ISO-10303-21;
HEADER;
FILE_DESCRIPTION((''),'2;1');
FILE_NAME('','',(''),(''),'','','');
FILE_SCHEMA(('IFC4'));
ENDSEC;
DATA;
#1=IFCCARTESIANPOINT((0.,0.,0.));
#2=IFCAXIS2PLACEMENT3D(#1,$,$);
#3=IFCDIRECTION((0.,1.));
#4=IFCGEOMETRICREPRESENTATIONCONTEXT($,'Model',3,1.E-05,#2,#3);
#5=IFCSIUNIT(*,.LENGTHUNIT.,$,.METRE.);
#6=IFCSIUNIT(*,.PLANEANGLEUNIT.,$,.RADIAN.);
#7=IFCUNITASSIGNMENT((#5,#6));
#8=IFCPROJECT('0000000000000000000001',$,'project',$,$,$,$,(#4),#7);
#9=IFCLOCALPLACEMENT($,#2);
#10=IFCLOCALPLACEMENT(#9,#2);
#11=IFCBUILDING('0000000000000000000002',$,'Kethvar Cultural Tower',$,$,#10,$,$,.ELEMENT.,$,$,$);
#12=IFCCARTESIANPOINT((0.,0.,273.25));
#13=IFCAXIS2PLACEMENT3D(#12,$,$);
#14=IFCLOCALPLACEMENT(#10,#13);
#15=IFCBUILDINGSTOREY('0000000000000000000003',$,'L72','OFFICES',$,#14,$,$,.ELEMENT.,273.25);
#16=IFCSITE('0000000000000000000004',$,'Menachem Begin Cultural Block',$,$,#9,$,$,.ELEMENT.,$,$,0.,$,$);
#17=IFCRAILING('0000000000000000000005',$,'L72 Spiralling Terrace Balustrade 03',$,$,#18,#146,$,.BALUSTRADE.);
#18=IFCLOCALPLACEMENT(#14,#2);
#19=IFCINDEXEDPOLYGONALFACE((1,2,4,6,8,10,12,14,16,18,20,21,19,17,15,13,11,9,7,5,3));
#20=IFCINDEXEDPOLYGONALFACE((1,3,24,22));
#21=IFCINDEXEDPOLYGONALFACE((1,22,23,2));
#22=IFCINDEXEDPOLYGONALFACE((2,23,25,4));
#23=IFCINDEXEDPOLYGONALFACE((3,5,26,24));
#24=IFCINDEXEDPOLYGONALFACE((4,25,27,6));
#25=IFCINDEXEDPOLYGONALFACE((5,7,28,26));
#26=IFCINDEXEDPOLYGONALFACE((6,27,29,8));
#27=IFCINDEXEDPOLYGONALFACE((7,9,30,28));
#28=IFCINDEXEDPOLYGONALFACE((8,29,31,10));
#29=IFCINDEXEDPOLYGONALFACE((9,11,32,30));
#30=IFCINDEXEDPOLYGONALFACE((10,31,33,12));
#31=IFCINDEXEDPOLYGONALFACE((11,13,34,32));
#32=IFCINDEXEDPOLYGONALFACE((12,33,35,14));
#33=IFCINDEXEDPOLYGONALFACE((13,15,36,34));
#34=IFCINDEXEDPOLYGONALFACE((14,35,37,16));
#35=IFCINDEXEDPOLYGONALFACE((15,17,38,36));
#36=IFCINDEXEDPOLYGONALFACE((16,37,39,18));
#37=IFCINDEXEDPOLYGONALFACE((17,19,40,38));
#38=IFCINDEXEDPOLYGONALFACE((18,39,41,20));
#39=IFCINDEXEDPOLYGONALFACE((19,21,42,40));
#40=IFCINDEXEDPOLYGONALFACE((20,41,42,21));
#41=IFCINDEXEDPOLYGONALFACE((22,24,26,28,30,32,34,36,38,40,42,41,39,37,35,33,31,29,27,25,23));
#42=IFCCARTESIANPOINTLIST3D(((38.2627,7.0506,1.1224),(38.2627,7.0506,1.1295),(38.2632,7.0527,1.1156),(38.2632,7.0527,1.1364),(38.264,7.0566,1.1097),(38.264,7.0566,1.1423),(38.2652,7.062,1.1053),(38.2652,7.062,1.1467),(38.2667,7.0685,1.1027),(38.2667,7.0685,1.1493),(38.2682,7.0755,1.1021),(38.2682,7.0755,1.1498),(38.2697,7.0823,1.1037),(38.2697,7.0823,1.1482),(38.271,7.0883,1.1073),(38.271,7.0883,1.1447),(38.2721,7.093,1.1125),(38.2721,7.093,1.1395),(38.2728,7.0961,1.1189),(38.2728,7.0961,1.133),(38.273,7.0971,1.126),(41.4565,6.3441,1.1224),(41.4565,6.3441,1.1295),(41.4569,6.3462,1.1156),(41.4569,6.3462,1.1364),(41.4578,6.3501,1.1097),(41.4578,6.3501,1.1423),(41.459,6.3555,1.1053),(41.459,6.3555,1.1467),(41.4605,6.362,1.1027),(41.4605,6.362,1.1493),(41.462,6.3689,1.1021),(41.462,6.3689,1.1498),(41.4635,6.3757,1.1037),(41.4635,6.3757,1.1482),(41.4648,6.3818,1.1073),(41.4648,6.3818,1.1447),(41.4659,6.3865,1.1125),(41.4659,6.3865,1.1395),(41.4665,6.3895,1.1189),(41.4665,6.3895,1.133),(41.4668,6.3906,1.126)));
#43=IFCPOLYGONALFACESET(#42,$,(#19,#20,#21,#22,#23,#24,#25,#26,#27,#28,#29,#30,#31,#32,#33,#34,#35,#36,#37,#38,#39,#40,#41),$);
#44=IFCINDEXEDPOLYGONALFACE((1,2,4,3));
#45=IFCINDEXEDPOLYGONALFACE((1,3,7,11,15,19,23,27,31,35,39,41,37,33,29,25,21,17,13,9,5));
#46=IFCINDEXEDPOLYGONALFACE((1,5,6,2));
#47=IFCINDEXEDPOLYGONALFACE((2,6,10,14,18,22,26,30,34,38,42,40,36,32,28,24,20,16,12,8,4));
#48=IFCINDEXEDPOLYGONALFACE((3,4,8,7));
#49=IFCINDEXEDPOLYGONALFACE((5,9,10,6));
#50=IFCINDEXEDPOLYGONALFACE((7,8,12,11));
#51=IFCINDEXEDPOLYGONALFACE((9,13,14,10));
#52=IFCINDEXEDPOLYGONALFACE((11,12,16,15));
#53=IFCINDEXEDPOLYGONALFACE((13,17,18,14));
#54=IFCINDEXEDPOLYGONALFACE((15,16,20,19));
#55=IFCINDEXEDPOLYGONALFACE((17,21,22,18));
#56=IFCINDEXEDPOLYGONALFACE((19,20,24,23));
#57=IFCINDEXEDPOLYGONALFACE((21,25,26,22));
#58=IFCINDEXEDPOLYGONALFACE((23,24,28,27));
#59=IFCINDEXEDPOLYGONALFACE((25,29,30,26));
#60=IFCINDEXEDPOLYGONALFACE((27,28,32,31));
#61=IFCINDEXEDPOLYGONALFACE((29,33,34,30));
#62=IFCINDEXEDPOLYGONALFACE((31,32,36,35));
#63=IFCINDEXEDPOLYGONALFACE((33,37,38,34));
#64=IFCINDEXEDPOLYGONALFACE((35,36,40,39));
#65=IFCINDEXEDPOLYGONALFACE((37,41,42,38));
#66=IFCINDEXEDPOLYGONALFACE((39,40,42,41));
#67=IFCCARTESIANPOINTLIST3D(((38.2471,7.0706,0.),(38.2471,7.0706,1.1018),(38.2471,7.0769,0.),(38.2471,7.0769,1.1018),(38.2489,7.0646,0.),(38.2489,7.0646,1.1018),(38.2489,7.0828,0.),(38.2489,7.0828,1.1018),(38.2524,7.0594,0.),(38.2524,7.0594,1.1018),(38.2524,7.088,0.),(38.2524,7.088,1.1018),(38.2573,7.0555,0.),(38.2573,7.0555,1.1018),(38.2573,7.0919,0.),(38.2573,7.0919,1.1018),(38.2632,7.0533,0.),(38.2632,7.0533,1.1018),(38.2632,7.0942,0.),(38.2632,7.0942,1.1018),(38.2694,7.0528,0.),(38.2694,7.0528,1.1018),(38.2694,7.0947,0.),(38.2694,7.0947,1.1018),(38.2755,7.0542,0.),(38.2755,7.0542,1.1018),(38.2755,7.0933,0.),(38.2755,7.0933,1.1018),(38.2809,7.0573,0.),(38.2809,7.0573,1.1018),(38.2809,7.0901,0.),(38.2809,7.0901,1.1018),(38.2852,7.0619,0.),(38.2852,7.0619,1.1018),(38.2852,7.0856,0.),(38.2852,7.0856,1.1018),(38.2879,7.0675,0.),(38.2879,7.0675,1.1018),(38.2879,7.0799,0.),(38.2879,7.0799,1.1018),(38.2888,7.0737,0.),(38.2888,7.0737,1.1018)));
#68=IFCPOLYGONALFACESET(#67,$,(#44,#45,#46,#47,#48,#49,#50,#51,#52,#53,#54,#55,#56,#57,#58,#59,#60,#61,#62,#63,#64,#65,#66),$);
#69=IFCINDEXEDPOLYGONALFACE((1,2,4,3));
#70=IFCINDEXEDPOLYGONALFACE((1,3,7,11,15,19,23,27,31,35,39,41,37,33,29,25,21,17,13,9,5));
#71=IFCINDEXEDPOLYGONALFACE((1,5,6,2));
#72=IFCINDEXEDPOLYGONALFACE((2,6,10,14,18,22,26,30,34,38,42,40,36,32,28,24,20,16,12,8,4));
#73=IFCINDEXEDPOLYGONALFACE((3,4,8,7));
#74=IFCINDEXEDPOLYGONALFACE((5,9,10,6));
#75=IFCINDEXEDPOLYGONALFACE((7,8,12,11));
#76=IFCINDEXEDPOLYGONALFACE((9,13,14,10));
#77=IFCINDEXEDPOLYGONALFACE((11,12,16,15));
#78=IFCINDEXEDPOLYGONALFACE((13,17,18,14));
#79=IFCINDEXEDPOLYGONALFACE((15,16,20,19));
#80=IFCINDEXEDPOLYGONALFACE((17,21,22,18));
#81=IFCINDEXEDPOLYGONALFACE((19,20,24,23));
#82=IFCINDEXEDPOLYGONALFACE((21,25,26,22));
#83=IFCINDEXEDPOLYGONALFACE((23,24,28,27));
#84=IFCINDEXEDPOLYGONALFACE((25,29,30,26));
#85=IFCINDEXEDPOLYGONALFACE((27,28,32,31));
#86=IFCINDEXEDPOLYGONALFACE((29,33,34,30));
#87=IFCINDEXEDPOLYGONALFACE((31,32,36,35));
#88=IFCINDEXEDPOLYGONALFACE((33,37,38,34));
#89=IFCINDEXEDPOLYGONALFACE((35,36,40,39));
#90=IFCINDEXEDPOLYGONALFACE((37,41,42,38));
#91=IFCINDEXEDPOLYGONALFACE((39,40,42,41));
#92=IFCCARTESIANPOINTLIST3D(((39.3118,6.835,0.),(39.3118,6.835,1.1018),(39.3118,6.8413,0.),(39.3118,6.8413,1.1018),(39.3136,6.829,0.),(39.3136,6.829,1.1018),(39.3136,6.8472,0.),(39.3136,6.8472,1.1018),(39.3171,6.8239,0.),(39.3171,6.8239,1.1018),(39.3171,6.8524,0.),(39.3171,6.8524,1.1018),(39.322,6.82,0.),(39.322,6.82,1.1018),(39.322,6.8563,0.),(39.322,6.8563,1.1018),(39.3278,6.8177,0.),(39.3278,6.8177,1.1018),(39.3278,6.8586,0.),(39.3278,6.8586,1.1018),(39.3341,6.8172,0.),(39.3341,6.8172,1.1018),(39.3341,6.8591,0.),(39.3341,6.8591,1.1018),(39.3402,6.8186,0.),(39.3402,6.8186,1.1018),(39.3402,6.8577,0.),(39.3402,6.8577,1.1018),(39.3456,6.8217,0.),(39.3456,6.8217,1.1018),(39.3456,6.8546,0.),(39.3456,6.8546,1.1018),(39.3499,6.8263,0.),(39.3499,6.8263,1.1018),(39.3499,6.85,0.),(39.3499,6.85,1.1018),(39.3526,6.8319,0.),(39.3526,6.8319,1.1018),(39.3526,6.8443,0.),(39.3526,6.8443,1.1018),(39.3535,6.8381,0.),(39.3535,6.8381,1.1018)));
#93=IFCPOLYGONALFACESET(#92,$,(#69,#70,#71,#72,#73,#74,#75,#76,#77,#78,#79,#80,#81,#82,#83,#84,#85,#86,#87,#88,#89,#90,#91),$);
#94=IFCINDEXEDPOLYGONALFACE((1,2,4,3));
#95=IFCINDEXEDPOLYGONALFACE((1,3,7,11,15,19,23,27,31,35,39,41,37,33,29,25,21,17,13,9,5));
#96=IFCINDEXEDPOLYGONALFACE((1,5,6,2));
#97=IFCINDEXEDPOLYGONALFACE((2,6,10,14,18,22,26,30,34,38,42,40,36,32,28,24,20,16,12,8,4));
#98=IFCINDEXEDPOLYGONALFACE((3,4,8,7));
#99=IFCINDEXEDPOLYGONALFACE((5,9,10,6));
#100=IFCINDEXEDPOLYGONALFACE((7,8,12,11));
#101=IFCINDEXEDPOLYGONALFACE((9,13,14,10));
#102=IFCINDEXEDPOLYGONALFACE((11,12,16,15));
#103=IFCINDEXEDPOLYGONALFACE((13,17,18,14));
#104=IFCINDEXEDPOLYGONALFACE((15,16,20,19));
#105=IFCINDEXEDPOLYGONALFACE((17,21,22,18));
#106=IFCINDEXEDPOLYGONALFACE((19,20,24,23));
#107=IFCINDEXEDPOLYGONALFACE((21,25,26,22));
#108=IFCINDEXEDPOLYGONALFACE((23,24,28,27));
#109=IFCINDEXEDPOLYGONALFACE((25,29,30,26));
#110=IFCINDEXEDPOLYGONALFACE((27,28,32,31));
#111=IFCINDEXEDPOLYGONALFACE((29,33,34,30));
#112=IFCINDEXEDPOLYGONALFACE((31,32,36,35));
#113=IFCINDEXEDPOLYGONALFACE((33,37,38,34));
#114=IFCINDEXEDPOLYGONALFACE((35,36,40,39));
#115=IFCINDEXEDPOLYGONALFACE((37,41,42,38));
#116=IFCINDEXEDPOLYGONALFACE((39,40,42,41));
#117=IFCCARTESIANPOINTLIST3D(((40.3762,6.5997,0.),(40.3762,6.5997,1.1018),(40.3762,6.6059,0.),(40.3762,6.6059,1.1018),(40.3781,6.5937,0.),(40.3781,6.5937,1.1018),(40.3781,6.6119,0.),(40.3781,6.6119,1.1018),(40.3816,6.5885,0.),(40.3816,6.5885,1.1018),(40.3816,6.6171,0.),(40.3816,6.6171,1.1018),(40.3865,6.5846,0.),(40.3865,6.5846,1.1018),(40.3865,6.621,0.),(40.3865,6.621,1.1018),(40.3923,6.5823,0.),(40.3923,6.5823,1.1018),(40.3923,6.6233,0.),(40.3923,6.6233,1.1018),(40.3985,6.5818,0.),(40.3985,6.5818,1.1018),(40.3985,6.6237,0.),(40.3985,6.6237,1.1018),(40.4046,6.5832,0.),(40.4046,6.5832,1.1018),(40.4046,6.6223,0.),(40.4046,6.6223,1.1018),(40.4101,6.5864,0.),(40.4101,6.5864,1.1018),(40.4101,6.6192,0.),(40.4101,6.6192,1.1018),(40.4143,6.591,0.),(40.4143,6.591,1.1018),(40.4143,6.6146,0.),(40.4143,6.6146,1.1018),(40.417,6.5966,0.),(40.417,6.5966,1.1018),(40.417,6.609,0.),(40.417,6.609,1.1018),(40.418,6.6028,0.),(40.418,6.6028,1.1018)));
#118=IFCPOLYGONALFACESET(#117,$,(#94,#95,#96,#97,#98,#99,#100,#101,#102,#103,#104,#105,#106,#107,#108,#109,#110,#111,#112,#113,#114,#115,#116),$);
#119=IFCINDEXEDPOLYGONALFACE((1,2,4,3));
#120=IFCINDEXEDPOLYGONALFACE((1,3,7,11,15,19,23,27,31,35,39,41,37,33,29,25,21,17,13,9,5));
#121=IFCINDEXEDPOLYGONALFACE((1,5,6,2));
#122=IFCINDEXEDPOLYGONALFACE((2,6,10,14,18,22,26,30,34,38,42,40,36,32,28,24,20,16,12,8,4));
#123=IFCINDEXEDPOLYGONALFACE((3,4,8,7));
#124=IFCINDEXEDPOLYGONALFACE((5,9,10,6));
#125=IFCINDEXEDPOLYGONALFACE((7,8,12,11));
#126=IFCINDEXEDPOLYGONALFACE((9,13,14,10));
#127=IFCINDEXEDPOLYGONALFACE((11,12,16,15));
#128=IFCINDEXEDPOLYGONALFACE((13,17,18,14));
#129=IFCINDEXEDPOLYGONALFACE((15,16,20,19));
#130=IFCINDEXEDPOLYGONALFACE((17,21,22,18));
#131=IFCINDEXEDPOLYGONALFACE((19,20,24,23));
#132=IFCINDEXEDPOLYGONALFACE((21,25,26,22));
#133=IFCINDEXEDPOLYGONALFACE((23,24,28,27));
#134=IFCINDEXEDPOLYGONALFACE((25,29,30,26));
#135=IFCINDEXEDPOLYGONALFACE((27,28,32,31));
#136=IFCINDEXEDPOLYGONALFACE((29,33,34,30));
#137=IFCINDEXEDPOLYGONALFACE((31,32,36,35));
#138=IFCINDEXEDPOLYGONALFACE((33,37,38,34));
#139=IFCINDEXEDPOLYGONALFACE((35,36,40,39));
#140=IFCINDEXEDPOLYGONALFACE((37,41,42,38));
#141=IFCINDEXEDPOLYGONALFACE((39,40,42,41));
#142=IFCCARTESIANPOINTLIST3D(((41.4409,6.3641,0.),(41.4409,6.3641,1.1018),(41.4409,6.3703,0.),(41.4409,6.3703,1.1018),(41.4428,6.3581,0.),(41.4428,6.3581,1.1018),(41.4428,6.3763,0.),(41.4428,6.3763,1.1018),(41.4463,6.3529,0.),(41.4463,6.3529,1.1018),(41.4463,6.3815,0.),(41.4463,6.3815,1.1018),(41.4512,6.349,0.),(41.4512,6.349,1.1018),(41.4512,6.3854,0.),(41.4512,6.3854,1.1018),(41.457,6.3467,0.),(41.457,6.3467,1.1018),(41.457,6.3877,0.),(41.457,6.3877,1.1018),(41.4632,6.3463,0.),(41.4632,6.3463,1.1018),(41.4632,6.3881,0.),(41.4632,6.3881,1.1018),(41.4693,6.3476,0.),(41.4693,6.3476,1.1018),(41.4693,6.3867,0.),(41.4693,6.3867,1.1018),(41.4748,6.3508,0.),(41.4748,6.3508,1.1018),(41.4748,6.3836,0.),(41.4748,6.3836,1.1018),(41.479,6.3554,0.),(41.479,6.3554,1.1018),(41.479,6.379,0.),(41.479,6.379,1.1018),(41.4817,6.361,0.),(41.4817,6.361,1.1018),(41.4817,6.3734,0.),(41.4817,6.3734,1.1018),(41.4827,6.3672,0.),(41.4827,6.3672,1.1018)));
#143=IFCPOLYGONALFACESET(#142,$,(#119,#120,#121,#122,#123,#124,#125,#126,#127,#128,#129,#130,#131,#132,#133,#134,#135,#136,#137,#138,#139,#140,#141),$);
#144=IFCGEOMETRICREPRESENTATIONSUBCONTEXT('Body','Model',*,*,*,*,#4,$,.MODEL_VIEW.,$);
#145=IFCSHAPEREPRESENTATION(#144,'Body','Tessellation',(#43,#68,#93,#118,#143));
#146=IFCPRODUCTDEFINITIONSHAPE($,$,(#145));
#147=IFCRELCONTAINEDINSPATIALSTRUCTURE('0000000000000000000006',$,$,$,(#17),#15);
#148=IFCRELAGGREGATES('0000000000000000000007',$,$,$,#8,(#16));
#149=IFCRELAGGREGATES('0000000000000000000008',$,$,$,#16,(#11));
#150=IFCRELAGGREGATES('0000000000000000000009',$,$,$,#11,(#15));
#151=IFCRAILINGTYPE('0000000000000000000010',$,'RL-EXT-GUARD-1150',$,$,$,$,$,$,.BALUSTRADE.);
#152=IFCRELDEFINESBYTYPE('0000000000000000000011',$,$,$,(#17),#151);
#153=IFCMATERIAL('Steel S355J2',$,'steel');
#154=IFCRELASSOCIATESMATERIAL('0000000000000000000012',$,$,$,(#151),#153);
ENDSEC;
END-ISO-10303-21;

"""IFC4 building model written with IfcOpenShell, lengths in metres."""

from ifc_helpers import new_model, si_unit, direction, frame, origin, origin_2d, place, context, subcontext, project, spatial, circle, extrude, material, type_object, element, save


model = new_model("IFC4")

# Units and contexts
model_context = context("Model", 3, precision=1e-05, world=origin(), true_north=direction((0.0, 1.0)))
body_context = subcontext(model_context, "Body", "Model", "MODEL_VIEW")
ifc_project = project(units=[si_unit("LENGTHUNIT", "METRE"), si_unit("PLANEANGLEUNIT", "RADIAN")], contexts=[model_context])

# Site, building, storey
site_placement = place(None, origin())
site = spatial("IfcSite", under=ifc_project, at=site_placement, Name="Menachem Begin Cultural Block", CompositionType="ELEMENT", RefElevation=0.0)
building_placement = place(site_placement, origin())
building = spatial("IfcBuilding", under=site, at=building_placement, Name="Kethvar Cultural Tower", CompositionType="ELEMENT")
storey_placement = place(building_placement, frame((0.0, 0.0, 273.25)))
storey = spatial("IfcBuildingStorey", under=building, at=storey_placement, Name="L72", Description="OFFICES", CompositionType="ELEMENT", Elevation=273.25)

# Shared definitions
ifc_material_1 = material(Name="Steel S355J2", Category="steel")

# Railing
railing_type = type_object("IfcRailingType", Name="RL-EXT-GUARD-1150", PredefinedType="BALUSTRADE", material=ifc_material_1)
railing_1_placement = place(storey_placement, frame((38.2678, 7.0737, 0.0)))
element("IfcRailing", 1, at=railing_1_placement, inside=storey, type_object=railing_type, Name="L72 Spiralling Terrace Balustrade 03", PredefinedType="BALUSTRADE", context=body_context, shape_type="SweptSolid", body=[
    extrude(circle(Radius=0.0239, at=origin_2d()), frame((0.0, 0.0, 1.126), z_axis=(0.976394, -0.215998, 0.0), x_axis=(0.215998, 0.976394, 0.0)), (0.0, 0.0, 1.0), 3.271),
    extrude(circle(Radius=0.021, at=origin_2d()), origin(), (0.0, 0.0, 1.0), 1.1018),
    extrude(circle(Radius=0.021, at=origin_2d()), frame((1.0647, -0.2356, 0.0)), (0.0, 0.0, 1.0), 1.1018),
    extrude(circle(Radius=0.021, at=origin_2d()), frame((2.1292, -0.4709, 0.0)), (0.0, 0.0, 1.0), 1.1018),
    extrude(circle(Radius=0.021, at=origin_2d()), frame((3.1938, -0.7065, 0.0)), (0.0, 0.0, 1.0), 1.1018),
])

save(model, "model.ifc")
